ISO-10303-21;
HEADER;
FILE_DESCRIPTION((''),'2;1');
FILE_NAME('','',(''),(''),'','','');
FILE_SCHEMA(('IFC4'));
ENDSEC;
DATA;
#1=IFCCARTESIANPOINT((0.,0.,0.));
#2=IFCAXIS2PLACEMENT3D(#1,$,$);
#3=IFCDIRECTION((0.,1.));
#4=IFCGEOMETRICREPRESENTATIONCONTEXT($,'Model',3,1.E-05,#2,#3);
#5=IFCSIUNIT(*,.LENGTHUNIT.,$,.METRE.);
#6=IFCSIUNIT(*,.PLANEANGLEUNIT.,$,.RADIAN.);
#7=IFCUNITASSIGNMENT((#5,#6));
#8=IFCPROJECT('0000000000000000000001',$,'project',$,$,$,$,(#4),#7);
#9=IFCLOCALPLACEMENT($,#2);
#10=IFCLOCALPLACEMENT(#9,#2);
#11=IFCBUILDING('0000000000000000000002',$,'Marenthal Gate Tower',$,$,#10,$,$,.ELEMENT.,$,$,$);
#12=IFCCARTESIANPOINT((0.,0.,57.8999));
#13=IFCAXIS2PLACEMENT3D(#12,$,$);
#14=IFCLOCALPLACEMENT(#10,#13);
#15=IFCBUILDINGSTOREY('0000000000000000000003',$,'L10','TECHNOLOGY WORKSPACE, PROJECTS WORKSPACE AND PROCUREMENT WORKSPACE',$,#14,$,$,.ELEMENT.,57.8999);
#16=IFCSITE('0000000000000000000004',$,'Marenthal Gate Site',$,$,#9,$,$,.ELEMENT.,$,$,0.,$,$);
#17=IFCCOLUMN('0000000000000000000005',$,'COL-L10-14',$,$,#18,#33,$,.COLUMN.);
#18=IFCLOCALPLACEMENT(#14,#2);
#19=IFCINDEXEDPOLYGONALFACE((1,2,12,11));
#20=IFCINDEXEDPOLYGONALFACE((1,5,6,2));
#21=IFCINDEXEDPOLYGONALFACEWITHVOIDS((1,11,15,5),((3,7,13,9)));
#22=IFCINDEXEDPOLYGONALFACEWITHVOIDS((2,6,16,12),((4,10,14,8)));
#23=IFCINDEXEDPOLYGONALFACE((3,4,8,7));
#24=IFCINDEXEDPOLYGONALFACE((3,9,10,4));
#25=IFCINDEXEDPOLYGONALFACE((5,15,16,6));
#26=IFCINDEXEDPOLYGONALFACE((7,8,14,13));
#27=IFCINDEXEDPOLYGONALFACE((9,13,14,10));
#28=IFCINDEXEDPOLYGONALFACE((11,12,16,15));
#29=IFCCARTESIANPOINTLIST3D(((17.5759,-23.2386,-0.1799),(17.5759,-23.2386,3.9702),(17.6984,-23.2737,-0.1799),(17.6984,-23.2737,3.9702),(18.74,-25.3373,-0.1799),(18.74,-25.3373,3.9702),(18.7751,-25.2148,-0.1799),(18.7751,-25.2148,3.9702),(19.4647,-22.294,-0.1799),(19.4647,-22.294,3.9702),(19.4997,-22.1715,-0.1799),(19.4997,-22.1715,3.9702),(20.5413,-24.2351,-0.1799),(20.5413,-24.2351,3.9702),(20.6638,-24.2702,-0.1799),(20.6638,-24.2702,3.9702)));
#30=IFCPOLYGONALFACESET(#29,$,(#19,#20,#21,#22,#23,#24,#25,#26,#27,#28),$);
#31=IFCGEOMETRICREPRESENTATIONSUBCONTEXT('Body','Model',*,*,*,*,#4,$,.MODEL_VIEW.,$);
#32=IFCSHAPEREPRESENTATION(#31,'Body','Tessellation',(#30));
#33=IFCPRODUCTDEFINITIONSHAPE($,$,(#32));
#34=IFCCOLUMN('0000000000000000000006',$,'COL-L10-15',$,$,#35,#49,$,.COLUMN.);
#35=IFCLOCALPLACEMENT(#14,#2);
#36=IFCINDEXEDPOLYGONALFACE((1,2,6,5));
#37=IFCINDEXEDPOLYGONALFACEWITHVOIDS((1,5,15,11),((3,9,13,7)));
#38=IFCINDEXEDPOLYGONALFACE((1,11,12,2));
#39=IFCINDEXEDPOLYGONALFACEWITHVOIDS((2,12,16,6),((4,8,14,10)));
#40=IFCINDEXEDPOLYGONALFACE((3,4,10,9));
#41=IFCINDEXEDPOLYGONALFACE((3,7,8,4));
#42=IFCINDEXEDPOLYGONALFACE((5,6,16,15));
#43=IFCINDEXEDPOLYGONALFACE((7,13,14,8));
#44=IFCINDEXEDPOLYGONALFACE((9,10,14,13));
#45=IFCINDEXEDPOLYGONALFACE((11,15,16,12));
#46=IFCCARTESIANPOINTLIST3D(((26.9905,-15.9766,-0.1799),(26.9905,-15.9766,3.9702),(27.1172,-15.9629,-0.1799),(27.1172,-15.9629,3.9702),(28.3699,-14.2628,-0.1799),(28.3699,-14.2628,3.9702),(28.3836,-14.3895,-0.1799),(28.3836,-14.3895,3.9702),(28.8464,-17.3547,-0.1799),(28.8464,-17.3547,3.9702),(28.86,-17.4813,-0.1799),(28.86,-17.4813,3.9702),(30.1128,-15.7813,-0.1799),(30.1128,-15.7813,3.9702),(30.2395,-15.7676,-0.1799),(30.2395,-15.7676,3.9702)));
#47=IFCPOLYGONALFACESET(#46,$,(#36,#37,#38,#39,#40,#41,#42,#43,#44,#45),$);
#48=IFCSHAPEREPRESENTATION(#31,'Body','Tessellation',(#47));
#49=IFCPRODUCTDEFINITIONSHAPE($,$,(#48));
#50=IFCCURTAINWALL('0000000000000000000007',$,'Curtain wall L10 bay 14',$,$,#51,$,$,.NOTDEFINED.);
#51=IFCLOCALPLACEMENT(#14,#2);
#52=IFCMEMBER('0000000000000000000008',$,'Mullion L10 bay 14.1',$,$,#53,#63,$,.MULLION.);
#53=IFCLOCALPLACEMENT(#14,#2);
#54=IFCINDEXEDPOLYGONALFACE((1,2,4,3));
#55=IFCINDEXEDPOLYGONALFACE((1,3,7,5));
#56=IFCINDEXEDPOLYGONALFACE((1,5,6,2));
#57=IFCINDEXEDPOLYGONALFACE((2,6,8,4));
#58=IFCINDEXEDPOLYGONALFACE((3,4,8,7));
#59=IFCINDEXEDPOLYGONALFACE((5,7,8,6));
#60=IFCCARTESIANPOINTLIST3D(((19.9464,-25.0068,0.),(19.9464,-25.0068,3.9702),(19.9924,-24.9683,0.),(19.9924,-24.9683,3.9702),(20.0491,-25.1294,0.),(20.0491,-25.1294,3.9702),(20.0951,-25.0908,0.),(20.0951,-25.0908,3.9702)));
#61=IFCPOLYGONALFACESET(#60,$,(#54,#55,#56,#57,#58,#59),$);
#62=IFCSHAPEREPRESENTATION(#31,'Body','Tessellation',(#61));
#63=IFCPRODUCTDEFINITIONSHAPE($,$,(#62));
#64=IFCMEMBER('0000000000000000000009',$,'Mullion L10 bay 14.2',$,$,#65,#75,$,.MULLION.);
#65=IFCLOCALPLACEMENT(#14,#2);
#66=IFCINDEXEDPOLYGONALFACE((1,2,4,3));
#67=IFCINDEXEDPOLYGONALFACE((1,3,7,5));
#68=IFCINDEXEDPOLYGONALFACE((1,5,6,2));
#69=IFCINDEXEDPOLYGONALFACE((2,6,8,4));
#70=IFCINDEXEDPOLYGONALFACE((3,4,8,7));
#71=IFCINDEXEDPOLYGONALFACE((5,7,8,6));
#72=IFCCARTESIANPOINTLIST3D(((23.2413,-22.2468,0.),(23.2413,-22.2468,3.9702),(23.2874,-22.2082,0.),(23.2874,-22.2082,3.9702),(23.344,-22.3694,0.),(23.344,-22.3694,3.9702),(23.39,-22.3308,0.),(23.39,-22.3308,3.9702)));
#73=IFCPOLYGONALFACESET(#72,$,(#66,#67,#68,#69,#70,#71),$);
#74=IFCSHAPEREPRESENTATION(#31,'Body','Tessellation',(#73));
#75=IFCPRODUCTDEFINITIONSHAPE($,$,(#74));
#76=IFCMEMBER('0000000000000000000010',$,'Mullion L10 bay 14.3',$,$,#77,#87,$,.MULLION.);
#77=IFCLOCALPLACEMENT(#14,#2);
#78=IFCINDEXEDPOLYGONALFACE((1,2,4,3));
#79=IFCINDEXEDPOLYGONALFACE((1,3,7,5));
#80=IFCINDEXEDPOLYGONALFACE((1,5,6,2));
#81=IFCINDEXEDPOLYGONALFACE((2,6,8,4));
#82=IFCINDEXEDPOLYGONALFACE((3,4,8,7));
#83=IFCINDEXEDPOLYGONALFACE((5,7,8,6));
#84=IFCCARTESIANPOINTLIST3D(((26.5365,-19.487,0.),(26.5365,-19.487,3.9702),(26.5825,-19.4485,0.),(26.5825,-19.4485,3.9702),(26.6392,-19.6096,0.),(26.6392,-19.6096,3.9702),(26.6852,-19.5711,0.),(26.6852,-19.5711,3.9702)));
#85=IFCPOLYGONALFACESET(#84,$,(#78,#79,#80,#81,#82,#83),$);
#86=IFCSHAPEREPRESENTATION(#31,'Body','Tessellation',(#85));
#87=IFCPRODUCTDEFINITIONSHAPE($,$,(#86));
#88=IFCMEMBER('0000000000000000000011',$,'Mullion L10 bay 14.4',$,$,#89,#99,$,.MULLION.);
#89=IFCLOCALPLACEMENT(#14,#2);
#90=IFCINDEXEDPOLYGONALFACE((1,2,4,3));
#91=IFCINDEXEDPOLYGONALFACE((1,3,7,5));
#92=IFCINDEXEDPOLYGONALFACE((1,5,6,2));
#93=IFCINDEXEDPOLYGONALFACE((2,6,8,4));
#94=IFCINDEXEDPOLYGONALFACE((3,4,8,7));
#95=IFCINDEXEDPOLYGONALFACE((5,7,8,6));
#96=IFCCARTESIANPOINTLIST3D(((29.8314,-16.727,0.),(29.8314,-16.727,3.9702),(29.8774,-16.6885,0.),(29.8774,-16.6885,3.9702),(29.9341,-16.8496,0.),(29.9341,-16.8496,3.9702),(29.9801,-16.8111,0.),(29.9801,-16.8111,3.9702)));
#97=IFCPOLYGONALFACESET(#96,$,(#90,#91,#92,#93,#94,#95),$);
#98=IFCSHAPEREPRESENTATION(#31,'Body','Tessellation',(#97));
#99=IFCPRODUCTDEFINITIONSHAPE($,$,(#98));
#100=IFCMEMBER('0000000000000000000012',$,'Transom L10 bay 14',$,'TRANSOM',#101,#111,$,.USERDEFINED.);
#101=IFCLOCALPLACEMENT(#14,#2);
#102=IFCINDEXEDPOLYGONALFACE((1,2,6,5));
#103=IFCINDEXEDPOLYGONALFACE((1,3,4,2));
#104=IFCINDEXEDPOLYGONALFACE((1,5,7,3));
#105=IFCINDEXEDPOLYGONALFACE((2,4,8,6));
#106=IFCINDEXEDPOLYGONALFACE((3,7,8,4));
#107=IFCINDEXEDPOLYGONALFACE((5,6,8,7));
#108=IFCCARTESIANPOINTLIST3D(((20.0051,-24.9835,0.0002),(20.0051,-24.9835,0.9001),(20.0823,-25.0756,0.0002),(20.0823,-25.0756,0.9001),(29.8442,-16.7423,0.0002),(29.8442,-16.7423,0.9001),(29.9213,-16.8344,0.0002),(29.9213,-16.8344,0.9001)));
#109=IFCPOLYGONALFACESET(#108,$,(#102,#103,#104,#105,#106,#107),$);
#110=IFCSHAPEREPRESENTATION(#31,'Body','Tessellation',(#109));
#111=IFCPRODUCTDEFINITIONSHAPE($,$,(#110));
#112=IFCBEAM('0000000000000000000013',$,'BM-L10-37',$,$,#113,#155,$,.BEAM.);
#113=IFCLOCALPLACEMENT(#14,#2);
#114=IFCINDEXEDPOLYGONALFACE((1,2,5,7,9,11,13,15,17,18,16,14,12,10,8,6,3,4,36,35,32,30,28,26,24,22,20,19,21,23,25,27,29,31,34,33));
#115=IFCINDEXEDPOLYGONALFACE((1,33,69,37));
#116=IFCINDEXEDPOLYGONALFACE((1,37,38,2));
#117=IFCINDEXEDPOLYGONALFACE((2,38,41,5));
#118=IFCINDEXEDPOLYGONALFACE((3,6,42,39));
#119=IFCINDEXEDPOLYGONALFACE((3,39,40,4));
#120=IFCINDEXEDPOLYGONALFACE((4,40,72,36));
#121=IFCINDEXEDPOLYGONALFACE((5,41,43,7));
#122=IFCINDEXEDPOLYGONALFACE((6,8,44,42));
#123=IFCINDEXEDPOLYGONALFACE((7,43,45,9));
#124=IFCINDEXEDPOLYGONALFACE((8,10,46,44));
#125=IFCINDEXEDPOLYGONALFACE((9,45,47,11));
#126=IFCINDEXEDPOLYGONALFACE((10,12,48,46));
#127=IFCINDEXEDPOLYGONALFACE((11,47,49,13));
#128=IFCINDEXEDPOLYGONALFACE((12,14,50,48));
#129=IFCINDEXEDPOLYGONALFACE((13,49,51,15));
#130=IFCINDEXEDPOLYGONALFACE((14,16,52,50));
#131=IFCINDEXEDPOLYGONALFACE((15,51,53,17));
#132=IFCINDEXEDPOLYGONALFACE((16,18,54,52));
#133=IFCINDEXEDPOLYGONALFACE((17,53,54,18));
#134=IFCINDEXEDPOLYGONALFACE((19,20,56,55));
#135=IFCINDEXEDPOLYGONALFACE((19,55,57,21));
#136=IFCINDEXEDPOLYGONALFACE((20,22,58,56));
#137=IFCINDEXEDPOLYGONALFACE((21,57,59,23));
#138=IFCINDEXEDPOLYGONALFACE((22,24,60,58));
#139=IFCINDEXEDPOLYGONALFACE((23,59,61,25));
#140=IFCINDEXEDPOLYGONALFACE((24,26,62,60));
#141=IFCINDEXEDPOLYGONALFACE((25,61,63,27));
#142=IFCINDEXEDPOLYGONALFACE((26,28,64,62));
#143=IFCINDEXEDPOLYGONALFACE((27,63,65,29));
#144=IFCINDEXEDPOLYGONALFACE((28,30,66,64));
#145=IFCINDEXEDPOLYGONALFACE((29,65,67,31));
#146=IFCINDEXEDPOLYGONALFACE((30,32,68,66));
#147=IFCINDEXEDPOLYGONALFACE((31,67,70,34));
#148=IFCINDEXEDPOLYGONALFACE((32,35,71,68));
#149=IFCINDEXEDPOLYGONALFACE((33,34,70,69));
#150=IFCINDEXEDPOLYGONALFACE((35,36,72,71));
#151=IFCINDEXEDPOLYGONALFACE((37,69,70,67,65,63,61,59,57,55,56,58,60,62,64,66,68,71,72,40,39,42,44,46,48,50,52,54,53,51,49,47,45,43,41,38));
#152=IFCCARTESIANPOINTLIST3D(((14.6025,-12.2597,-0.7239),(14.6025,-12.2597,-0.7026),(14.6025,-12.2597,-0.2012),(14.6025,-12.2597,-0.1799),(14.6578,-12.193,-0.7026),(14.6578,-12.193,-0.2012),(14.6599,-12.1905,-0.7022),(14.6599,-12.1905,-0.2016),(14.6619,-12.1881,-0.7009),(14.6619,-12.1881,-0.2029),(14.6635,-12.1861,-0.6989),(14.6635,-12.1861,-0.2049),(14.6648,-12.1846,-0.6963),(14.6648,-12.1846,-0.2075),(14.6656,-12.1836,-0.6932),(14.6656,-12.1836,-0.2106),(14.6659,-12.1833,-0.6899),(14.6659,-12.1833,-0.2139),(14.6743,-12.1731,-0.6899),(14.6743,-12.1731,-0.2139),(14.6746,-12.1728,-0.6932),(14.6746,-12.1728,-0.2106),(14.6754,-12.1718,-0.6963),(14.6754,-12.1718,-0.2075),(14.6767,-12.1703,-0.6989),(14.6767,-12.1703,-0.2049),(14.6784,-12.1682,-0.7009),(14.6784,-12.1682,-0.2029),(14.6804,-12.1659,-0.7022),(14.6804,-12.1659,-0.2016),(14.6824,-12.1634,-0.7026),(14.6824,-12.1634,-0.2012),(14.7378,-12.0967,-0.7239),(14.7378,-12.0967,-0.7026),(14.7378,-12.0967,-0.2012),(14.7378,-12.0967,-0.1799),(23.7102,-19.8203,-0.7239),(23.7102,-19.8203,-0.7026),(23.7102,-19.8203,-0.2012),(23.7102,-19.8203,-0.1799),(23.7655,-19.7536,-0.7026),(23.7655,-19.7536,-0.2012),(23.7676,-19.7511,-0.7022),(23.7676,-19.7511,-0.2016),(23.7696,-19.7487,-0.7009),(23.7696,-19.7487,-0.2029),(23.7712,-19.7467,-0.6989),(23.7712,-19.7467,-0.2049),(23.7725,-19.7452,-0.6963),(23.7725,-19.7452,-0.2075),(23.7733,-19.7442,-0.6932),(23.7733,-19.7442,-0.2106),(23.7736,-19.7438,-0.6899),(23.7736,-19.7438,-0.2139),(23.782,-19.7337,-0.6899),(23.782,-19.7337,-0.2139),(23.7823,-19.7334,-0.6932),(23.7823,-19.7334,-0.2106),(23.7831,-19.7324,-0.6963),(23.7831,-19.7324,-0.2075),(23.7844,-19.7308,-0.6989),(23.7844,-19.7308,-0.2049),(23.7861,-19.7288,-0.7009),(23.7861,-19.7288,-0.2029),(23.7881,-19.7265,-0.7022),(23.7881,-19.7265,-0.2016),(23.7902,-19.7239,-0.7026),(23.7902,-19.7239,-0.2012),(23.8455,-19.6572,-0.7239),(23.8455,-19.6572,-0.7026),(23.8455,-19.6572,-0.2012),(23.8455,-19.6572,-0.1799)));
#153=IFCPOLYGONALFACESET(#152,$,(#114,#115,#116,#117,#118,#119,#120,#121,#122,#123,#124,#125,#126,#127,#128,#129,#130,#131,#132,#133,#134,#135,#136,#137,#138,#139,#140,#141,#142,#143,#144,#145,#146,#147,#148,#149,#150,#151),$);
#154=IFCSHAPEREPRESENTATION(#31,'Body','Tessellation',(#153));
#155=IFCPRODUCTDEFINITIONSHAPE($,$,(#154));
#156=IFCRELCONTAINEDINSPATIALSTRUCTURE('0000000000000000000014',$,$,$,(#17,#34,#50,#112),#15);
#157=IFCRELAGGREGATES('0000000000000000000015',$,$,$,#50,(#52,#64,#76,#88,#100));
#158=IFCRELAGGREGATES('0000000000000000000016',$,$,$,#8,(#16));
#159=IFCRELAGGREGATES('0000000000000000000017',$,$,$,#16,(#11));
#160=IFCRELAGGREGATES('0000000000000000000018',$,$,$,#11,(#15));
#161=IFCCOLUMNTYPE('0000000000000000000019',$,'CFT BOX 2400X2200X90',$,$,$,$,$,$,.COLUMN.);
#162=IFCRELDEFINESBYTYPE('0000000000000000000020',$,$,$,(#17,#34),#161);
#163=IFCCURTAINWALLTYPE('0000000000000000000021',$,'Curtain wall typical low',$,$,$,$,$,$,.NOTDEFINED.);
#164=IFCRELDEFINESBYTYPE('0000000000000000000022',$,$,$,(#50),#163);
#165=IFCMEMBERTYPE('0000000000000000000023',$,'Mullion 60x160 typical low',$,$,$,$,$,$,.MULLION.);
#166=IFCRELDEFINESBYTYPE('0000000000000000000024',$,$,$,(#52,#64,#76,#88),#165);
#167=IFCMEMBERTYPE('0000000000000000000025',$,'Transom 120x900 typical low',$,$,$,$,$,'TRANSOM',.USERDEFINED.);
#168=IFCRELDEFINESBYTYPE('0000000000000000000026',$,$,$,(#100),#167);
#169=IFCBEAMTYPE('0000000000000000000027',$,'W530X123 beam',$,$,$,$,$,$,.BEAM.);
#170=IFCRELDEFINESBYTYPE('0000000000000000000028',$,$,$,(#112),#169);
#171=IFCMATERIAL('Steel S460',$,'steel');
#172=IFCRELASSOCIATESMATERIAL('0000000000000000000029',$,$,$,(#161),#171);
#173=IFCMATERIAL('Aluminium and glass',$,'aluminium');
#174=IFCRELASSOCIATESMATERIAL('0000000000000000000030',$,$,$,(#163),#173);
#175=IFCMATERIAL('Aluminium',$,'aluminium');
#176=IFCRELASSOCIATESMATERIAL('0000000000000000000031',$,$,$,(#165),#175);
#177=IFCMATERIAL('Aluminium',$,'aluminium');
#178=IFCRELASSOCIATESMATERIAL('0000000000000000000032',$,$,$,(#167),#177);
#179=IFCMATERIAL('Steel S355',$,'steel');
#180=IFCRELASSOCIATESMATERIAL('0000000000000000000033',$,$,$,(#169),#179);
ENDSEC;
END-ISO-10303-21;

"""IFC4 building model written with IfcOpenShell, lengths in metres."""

from ifc_helpers import new_model, si_unit, direction, frame, origin, origin_2d, place, context, subcontext, project, spatial, rectangle, hollow_rectangle, i_section, extrude, material, material_profile, profile_set, type_object, element, aggregate, save


model = new_model("IFC4")

# Units and contexts
model_context = context("Model", 3, precision=1e-05, world=origin(), true_north=direction((0.0, 1.0)))
body_context = subcontext(model_context, "Body", "Model", "MODEL_VIEW")
ifc_project = project(units=[si_unit("LENGTHUNIT", "METRE"), si_unit("PLANEANGLEUNIT", "RADIAN")], contexts=[model_context])

# Site, building, storey
site_placement = place(None, origin())
site = spatial("IfcSite", under=ifc_project, at=site_placement, Name="Marenthal Gate Site", CompositionType="ELEMENT", RefElevation=0.0)
building_placement = place(site_placement, origin())
building = spatial("IfcBuilding", under=site, at=building_placement, Name="Marenthal Gate Tower", CompositionType="ELEMENT")
storey_placement = place(building_placement, frame((0.0, 0.0, 57.8999)))
storey = spatial("IfcBuildingStorey", under=building, at=storey_placement, Name="L10", Description="TECHNOLOGY WORKSPACE, PROJECTS WORKSPACE AND PROCUREMENT WORKSPACE", CompositionType="ELEMENT", Elevation=57.8999)

# Columns
ifc_material_1 = material(Name="Steel S460", Category="steel")
ifc_material_profile_1 = material_profile(ifc_material_1, hollow_rectangle(XDim=2.2, YDim=2.3999, WallThickness=0.0901, at=origin_2d()), Name="CFT BOX 2400X2200X90")
ifc_material_2 = material(Name="Concrete 70 MPa", Category="concrete")
ifc_material_profile_2 = material_profile(ifc_material_2, rectangle(XDim=2.02, YDim=2.22, at=origin_2d()), Name="CFT BOX 2400X2200X90 INFILL")
ifc_profile_set_1 = profile_set([ifc_material_profile_1, ifc_material_profile_2], Name="Steel S460 shell, Concrete 70 MPa infill")
column_type = type_object("IfcColumnType", Name="CFT BOX 2400X2200X90", PredefinedType="COLUMN", material=ifc_profile_set_1)
for number, where, z_axis, x_axis, name in (
    (1, (19.1199, -23.7544, -0.1799), (0.0, 0.0, 1.0), (-0.874483, -0.485055, 0.0), "COL-L10-14"),
    (2, (28.615, -15.8721, -0.1799), (0.0, 0.0, 1.0), (-0.627023, -0.779001, 0.0), "COL-L10-15"),
):
    element("IfcColumn", number, at=place(storey_placement, frame(where, z_axis=z_axis, x_axis=x_axis)), inside=storey, type_object=column_type, Name=name, PredefinedType="COLUMN", context=body_context, shape_type="SweptSolid", body=[
        extrude(hollow_rectangle(XDim=2.2, YDim=2.3999, WallThickness=0.0901, at=origin_2d()), origin(), (0.0, 0.0, 1.0), 4.1501),
    ])

# Curtain wall, members
ifc_material_3 = material(Name="Aluminium and glass", Category="aluminium")
curtain_wall_type = type_object("IfcCurtainWallType", Name="Curtain wall typical low", PredefinedType="NOTDEFINED", material=ifc_material_3)
curtain_wall_placement = place(storey_placement, origin())
curtain_wall = element("IfcCurtainWall", 3, at=curtain_wall_placement, inside=storey, type_object=curtain_wall_type, Name="Curtain wall L10 bay 14", PredefinedType="NOTDEFINED")
ifc_material_4 = material(Name="Aluminium", Category="aluminium")
ifc_material_profile_3 = material_profile(ifc_material_4, rectangle(XDim=0.1599, YDim=0.0601, at=origin_2d()), Name="60x160 aluminium mullion")
ifc_profile_set_2 = profile_set([ifc_material_profile_3], Name="Aluminium")
member_type_1 = type_object("IfcMemberType", Name="Mullion 60x160 typical low", PredefinedType="MULLION", material=ifc_profile_set_2)
member_1_placement = place(storey_placement, frame((20.0208, -25.0488, 0.0), z_axis=(0.0, 0.0, 1.0), x_axis=(-0.642112, 0.766611, 0.0)))
member_1 = element("IfcMember", 4, at=member_1_placement, type_object=member_type_1, Name="Mullion L10 bay 14.1", PredefinedType="MULLION", context=body_context, shape_type="SweptSolid", body=[
    extrude(rectangle(XDim=0.1599, YDim=0.0601, at=origin_2d()), origin(), (0.0, 0.0, 1.0), 3.9702),
])
member_2_placement = place(storey_placement, frame((23.3157, -22.2888, 0.0), z_axis=(0.0, 0.0, 1.0), x_axis=(-0.642112, 0.766611, 0.0)))
member_2 = element("IfcMember", 5, at=member_2_placement, type_object=member_type_1, Name="Mullion L10 bay 14.2", PredefinedType="MULLION", context=body_context, shape_type="SweptSolid", body=[
    extrude(rectangle(XDim=0.1599, YDim=0.0601, at=origin_2d()), origin(), (0.0, 0.0, 1.0), 3.9702),
])
member_3_placement = place(storey_placement, frame((26.6108, -19.5291, 0.0), z_axis=(0.0, 0.0, 1.0), x_axis=(-0.642112, 0.766611, 0.0)))
member_3 = element("IfcMember", 6, at=member_3_placement, type_object=member_type_1, Name="Mullion L10 bay 14.3", PredefinedType="MULLION", context=body_context, shape_type="SweptSolid", body=[
    extrude(rectangle(XDim=0.1599, YDim=0.0601, at=origin_2d()), origin(), (0.0, 0.0, 1.0), 3.9702),
])
member_4_placement = place(storey_placement, frame((29.9058, -16.769, 0.0), z_axis=(0.0, 0.0, 1.0), x_axis=(-0.642112, 0.766611, 0.0)))
member_4 = element("IfcMember", 7, at=member_4_placement, type_object=member_type_1, Name="Mullion L10 bay 14.4", PredefinedType="MULLION", context=body_context, shape_type="SweptSolid", body=[
    extrude(rectangle(XDim=0.1599, YDim=0.0601, at=origin_2d()), origin(), (0.0, 0.0, 1.0), 3.9702),
])
ifc_material_5 = material(Name="Aluminium", Category="aluminium")
ifc_material_profile_4 = material_profile(ifc_material_5, rectangle(XDim=0.1201, YDim=0.8999, at=origin_2d()), Name="120x900 aluminium transom")
ifc_profile_set_3 = profile_set([ifc_material_profile_4], Name="Aluminium")
member_type_2 = type_object("IfcMemberType", Name="Transom 120x900 typical low", ElementType="TRANSOM", PredefinedType="USERDEFINED", material=ifc_profile_set_3)
member_5_placement = place(storey_placement, frame((20.0437, -25.0295, 0.4502), z_axis=(0.766611, 0.642111, 0.0), x_axis=(-0.642111, 0.766611, 0.0)))
member_5 = element("IfcMember", 8, at=member_5_placement, type_object=member_type_2, Name="Transom L10 bay 14", ObjectType="TRANSOM", PredefinedType="USERDEFINED", context=body_context, shape_type="SweptSolid", body=[
    extrude(rectangle(XDim=0.1201, YDim=0.8999, at=origin_2d()), origin(), (0.0, 0.0, 1.0), 12.8345),
])

# Beam
ifc_material_6 = material(Name="Steel S355", Category="steel")
ifc_material_profile_5 = material_profile(ifc_material_6, i_section(OverallWidth=0.2119, OverallDepth=0.5439, WebThickness=0.0132, FlangeThickness=0.0212, FilletRadius=0.0127, at=origin_2d()), Name="W530X123")
ifc_profile_set_4 = profile_set([ifc_material_profile_5], Name="Steel S355")
beam_type_1 = type_object("IfcBeamType", Name="W530X123 beam", PredefinedType="BEAM", material=ifc_profile_set_4)
beam_1_placement = place(storey_placement, frame((23.7778, -19.7388, -0.4519), z_axis=(-0.769432, 0.638729, 0.0), x_axis=(-0.638729, -0.769432, 0.0)))
element("IfcBeam", 9, at=beam_1_placement, inside=storey, type_object=beam_type_1, Name="BM-L10-37", PredefinedType="BEAM", context=body_context, shape_type="SweptSolid", body=[
    extrude(i_section(OverallWidth=0.2119, OverallDepth=0.5439, WebThickness=0.0132, FlangeThickness=0.0212, FilletRadius=0.0127, at=origin_2d()), origin(), (0.0, 0.0, 1.0), 11.8369),
])

aggregate(curtain_wall, [member_1, member_2, member_3, member_4, member_5])

save(model, "model.ifc")
